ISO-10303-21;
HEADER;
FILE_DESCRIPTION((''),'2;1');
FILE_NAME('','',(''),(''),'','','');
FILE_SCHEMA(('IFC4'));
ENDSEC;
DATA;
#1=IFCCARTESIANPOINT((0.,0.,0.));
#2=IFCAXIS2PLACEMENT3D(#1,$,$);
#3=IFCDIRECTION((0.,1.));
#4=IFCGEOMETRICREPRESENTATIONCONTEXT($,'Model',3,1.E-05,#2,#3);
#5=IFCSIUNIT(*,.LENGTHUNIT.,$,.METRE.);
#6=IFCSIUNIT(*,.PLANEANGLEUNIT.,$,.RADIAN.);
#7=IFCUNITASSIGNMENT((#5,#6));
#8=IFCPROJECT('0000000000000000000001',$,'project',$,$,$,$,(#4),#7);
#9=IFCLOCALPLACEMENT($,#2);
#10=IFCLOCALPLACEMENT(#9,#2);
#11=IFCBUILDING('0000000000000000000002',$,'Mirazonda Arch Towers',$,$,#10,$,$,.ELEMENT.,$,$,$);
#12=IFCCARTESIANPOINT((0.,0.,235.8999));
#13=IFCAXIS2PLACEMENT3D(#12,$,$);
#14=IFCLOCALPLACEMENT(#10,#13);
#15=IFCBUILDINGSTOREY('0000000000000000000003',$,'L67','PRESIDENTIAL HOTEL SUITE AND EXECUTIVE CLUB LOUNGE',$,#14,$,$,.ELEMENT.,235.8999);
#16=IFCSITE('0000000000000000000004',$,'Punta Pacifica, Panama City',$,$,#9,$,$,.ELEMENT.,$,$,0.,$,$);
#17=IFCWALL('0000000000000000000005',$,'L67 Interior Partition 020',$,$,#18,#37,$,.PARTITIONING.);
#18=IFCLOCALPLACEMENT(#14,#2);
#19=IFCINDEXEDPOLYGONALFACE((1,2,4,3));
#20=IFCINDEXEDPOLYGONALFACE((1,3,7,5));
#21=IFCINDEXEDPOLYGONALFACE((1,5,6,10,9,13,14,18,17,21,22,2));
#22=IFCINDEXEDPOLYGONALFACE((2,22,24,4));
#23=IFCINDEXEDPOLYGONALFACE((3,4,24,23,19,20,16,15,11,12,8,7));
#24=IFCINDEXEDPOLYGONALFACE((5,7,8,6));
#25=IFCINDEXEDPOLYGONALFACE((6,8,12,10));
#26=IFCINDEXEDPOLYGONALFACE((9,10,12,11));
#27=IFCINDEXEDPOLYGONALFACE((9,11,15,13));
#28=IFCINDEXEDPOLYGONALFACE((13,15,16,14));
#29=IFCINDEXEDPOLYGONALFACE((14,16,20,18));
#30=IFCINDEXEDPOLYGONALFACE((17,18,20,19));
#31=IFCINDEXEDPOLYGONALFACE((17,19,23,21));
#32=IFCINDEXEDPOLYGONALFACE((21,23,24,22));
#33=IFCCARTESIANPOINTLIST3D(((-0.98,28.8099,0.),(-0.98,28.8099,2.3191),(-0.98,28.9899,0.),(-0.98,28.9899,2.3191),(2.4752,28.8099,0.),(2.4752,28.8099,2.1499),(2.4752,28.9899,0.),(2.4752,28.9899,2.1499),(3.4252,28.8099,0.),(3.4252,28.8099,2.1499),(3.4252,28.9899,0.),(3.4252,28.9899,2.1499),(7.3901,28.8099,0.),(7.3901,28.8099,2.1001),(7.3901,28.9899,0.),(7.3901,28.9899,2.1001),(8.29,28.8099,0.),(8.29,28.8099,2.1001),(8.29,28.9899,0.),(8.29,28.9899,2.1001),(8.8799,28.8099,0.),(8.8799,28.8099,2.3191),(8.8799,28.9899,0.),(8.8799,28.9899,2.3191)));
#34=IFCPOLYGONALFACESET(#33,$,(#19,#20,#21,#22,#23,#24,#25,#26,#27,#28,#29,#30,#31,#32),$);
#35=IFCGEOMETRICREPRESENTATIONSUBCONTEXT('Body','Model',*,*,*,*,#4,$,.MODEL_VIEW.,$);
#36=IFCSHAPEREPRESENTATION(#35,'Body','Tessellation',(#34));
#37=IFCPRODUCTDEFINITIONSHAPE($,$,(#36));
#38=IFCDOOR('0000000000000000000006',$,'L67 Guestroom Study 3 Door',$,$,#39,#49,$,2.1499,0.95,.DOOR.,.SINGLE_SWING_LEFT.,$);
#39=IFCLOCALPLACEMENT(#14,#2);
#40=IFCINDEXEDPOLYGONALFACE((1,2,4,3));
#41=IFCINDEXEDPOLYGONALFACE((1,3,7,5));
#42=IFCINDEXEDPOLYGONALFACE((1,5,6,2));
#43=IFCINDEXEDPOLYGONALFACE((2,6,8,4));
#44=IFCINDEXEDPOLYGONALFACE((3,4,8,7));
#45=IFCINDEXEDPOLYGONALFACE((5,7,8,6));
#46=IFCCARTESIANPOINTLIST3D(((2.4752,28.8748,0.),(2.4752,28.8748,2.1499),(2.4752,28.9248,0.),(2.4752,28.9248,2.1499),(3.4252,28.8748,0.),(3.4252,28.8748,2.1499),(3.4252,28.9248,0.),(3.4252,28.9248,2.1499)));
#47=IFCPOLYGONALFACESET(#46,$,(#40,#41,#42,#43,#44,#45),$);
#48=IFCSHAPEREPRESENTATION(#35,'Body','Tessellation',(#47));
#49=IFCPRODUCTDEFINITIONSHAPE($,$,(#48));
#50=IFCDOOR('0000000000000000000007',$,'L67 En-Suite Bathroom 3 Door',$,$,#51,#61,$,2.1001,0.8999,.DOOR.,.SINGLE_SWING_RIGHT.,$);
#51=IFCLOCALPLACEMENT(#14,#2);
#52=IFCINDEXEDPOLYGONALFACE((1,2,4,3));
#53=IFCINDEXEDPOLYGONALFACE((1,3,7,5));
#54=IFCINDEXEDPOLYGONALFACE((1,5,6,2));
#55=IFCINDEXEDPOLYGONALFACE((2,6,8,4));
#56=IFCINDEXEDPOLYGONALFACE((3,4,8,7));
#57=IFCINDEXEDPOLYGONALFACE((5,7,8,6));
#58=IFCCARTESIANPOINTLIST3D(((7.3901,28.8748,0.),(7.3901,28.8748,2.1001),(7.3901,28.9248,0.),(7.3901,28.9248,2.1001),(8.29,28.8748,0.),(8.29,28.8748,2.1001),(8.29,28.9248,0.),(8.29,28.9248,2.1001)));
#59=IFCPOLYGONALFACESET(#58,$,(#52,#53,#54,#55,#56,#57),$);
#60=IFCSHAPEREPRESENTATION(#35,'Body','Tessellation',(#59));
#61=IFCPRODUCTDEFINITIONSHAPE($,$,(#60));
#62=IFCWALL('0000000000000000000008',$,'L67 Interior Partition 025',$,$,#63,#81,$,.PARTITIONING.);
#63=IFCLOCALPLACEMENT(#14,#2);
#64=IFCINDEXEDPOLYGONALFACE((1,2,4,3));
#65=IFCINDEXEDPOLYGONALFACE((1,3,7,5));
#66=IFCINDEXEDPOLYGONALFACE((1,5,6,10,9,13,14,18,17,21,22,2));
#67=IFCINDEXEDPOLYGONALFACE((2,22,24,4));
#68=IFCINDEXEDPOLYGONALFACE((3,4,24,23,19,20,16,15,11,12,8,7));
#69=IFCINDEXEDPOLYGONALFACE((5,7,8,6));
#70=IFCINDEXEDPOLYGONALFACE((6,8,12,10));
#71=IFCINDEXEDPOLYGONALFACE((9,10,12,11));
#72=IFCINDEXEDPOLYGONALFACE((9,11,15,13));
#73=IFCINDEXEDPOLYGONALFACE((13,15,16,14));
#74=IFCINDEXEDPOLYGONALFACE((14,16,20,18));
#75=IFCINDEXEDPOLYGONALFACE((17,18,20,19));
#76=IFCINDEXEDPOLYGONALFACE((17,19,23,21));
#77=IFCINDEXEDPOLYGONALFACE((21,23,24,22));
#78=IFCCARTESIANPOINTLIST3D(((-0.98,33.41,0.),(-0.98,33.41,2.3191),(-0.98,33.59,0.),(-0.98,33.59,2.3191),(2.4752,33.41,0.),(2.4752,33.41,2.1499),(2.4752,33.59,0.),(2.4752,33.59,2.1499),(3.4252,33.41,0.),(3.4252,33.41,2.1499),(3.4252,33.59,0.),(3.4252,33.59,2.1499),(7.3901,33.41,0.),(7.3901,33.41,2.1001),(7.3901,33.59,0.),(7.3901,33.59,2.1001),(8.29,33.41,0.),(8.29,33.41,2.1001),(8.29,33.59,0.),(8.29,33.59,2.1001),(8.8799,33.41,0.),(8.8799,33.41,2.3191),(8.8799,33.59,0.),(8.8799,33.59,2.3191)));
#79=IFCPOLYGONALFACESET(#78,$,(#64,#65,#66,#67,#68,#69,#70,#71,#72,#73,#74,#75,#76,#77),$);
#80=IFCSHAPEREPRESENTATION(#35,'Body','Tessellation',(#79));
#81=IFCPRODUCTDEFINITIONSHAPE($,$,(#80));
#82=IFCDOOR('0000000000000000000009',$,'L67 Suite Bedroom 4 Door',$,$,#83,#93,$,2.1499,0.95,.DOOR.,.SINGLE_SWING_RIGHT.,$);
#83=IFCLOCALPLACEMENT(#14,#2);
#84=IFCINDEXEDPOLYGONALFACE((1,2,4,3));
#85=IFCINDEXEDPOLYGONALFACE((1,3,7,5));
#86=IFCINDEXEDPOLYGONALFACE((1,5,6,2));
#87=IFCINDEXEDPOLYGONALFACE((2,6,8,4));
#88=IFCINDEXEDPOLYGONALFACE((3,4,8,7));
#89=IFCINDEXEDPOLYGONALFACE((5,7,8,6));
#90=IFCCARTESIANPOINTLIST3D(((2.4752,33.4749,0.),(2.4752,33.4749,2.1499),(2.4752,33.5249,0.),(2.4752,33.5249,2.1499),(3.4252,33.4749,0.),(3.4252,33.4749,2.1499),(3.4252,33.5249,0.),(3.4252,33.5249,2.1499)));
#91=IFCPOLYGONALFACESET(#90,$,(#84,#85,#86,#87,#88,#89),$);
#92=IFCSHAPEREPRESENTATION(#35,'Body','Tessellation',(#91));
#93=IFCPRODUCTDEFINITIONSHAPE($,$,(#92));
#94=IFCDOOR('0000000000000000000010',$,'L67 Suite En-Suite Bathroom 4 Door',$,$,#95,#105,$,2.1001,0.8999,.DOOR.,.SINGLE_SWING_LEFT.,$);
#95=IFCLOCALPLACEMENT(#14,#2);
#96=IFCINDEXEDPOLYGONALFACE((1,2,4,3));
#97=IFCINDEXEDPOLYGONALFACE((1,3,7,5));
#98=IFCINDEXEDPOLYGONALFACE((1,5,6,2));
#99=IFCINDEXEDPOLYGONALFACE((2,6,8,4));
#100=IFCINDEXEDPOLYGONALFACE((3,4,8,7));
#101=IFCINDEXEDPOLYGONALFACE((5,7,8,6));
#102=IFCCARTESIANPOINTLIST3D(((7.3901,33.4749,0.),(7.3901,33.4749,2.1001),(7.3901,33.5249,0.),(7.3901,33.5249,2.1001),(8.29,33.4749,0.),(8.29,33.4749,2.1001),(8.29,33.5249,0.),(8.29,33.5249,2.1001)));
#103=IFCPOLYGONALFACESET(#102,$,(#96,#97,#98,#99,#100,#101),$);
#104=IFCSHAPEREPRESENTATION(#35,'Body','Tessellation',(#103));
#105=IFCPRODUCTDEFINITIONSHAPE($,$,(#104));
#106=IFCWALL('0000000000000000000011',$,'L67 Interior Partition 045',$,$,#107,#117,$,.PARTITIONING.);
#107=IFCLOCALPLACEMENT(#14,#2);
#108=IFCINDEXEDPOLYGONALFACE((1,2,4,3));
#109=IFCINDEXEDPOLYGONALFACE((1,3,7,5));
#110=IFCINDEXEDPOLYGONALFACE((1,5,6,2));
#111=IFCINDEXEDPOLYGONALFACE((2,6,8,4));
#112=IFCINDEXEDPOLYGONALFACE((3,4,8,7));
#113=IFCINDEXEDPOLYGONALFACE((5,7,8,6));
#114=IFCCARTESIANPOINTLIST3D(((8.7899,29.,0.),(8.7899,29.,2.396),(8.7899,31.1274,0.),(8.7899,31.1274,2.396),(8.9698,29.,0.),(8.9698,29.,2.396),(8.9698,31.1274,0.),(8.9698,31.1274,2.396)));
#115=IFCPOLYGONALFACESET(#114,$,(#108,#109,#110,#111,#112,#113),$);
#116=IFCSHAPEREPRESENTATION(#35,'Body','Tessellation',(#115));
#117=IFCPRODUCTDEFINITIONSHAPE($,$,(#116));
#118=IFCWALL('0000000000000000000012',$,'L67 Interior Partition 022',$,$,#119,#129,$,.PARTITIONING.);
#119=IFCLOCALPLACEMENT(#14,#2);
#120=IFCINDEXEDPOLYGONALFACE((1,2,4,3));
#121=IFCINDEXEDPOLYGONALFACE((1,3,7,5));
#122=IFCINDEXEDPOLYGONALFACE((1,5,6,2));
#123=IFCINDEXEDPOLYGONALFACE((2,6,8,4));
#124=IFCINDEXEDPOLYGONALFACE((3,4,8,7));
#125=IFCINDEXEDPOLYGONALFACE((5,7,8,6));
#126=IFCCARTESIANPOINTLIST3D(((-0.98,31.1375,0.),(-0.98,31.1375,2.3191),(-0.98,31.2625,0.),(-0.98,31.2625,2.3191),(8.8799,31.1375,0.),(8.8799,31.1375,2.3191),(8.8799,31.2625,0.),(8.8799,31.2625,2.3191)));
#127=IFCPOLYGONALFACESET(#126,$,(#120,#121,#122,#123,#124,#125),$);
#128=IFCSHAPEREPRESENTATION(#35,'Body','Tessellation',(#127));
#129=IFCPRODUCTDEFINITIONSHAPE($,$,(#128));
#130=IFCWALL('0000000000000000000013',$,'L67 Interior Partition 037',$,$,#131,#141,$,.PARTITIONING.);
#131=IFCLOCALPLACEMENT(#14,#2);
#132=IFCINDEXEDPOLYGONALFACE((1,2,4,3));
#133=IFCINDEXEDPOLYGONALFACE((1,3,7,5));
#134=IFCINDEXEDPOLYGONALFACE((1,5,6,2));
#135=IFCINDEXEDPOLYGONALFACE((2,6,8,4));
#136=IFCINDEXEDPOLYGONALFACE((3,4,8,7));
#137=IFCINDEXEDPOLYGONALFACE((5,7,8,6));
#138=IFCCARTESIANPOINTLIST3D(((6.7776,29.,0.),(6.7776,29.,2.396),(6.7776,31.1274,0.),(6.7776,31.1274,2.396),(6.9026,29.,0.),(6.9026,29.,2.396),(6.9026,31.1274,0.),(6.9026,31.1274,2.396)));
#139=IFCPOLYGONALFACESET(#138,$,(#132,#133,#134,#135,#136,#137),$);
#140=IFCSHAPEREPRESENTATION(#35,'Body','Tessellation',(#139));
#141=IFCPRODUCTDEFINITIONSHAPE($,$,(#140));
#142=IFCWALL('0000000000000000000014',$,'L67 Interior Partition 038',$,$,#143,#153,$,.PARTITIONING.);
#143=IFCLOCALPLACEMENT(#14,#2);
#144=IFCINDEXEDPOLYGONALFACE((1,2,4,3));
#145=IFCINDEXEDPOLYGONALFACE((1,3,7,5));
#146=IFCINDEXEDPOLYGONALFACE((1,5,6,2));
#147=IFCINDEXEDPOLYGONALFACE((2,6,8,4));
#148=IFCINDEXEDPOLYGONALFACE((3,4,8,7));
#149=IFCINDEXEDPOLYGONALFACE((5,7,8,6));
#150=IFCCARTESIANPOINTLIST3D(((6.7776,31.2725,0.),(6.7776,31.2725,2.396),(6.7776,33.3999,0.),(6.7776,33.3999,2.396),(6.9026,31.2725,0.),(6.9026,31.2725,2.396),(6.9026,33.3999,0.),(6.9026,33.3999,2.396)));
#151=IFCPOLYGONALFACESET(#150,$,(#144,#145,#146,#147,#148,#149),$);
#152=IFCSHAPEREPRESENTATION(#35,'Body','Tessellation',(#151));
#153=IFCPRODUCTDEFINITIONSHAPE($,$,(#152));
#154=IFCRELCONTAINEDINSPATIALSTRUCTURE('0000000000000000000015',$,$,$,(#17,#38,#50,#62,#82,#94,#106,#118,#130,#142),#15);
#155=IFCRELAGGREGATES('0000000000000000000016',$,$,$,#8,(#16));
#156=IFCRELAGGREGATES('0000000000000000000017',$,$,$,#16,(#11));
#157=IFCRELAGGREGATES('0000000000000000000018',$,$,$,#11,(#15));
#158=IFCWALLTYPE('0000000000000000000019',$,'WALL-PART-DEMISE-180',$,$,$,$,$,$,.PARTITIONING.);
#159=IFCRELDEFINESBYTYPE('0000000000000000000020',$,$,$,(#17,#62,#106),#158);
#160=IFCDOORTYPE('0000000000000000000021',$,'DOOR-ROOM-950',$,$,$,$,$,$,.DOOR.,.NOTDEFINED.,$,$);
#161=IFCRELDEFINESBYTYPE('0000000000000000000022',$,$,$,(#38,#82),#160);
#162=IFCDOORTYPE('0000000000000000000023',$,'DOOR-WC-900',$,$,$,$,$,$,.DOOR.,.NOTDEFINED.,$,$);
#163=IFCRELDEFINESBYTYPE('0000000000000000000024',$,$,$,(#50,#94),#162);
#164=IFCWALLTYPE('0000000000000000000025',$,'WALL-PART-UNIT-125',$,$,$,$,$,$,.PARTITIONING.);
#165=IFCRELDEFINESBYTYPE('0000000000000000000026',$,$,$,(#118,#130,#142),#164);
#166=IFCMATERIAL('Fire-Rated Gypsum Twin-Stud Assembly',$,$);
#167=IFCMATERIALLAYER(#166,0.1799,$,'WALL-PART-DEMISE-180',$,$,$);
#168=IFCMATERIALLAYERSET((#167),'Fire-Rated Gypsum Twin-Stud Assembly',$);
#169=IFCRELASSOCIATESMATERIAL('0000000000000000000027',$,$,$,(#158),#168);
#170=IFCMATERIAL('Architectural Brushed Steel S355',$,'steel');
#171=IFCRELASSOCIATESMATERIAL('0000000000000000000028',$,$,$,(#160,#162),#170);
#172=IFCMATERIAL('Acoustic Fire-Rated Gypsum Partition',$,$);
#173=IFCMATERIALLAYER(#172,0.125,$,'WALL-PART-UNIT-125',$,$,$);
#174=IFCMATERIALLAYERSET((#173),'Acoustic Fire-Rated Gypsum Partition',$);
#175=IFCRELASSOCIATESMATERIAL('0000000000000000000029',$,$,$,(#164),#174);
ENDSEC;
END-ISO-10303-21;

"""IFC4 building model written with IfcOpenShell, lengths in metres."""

from ifc_helpers import new_model, si_unit, direction, frame, frame_2d, origin, place, context, subcontext, project, spatial, rectangle, extrude, material, layer, layer_set, type_object, element, fill, save


model = new_model("IFC4")

# Units and contexts
model_context = context("Model", 3, precision=1e-05, world=origin(), true_north=direction((0.0, 1.0)))
body_context = subcontext(model_context, "Body", "Model", "MODEL_VIEW")
ifc_project = project(units=[si_unit("LENGTHUNIT", "METRE"), si_unit("PLANEANGLEUNIT", "RADIAN")], contexts=[model_context])

# Site, building, storey
site_placement = place(None, origin())
site = spatial("IfcSite", under=ifc_project, at=site_placement, Name="Punta Pacifica, Panama City", CompositionType="ELEMENT", RefElevation=0.0)
building_placement = place(site_placement, origin())
building = spatial("IfcBuilding", under=site, at=building_placement, Name="Mirazonda Arch Towers", CompositionType="ELEMENT")
storey_placement = place(building_placement, frame((0.0, 0.0, 235.8999)))
storey = spatial("IfcBuildingStorey", under=building, at=storey_placement, Name="L67", Description="PRESIDENTIAL HOTEL SUITE AND EXECUTIVE CLUB LOUNGE", CompositionType="ELEMENT", Elevation=235.8999)

# Walls, openings, doors
ifc_material_1 = material(Name="Fire-Rated Gypsum Twin-Stud Assembly")
ifc_layer_1 = layer(ifc_material_1, 0.1799, Name="WALL-PART-DEMISE-180")
ifc_layer_set_1 = layer_set([ifc_layer_1], Name="Fire-Rated Gypsum Twin-Stud Assembly")
wall_type_1 = type_object("IfcWallType", Name="WALL-PART-DEMISE-180", PredefinedType="PARTITIONING", material=ifc_layer_set_1)
wall_1_placement = place(storey_placement, frame((-0.98, 28.8999, 0.0), z_axis=(0.0, 0.0, 1.0), x_axis=(1.0, 0.0, 0.0)))
wall_1 = element("IfcWall", 1, at=wall_1_placement, inside=storey, type_object=wall_type_1, Name="L67 Interior Partition 020", PredefinedType="PARTITIONING", context=body_context, shape_type="SweptSolid", body=[
    extrude(rectangle(XDim=9.8599, YDim=0.1799, at=frame_2d((4.9299, 0.0))), origin(), (0.0, 0.0, 1.0), 2.3191),
])
opening_1_placement = place(wall_1_placement, frame((3.4551, 0.0, 0.0)))
opening_1 = element("IfcOpeningElement", 2, at=opening_1_placement, cuts=wall_1, PredefinedType="OPENING", context=body_context, shape_type="SweptSolid", body=[
    extrude(rectangle(XDim=0.95, YDim=2.1499, at=frame_2d((0.4751, 1.075))), frame((0.0, 0.0999, 0.0), z_axis=(0.0, -1.0, 0.0), x_axis=(1.0, 0.0, 0.0)), (0.0, 0.0, 1.0), 0.2),
])
opening_2_placement = place(wall_1_placement, frame((8.3701, 0.0, 0.0)))
opening_2 = element("IfcOpeningElement", 3, at=opening_2_placement, cuts=wall_1, PredefinedType="OPENING", context=body_context, shape_type="SweptSolid", body=[
    extrude(rectangle(XDim=0.8999, YDim=2.1001, at=frame_2d((0.45, 1.05))), frame((0.0, 0.0999, 0.0), z_axis=(0.0, -1.0, 0.0), x_axis=(1.0, 0.0, 0.0)), (0.0, 0.0, 1.0), 0.2),
])
ifc_material_2 = material(Name="Architectural Brushed Steel S355", Category="steel")
door_type_1 = type_object("IfcDoorType", Name="DOOR-ROOM-950", OperationType="NOTDEFINED", PredefinedType="DOOR", material=ifc_material_2)
door_1_placement = place(opening_1_placement, origin())
door_1 = element("IfcDoor", 4, at=door_1_placement, inside=storey, type_object=door_type_1, Name="L67 Guestroom Study 3 Door", OperationType="SINGLE_SWING_LEFT", OverallHeight=2.1499, OverallWidth=0.95, PredefinedType="DOOR", context=body_context, shape_type="SweptSolid", body=[
    extrude(rectangle(XDim=0.95, YDim=2.1499, at=frame_2d((0.4751, 1.075))), frame((0.0, 0.0249, 0.0), z_axis=(0.0, -1.0, 0.0), x_axis=(1.0, 0.0, 0.0)), (0.0, 0.0, 1.0), 0.05),
])
fill(opening_1, door_1)
door_type_2 = type_object("IfcDoorType", Name="DOOR-WC-900", OperationType="NOTDEFINED", PredefinedType="DOOR", material=ifc_material_2)
door_2_placement = place(opening_2_placement, origin())
door_2 = element("IfcDoor", 5, at=door_2_placement, inside=storey, type_object=door_type_2, Name="L67 En-Suite Bathroom 3 Door", OperationType="SINGLE_SWING_RIGHT", OverallHeight=2.1001, OverallWidth=0.8999, PredefinedType="DOOR", context=body_context, shape_type="SweptSolid", body=[
    extrude(rectangle(XDim=0.8999, YDim=2.1001, at=frame_2d((0.45, 1.05))), frame((0.0, 0.0249, 0.0), z_axis=(0.0, -1.0, 0.0), x_axis=(1.0, 0.0, 0.0)), (0.0, 0.0, 1.0), 0.05),
])
fill(opening_2, door_2)
wall_2_placement = place(storey_placement, frame((-0.98, 33.5, 0.0), z_axis=(0.0, 0.0, 1.0), x_axis=(1.0, 0.0, 0.0)))
wall_2 = element("IfcWall", 6, at=wall_2_placement, inside=storey, type_object=wall_type_1, Name="L67 Interior Partition 025", PredefinedType="PARTITIONING", context=body_context, shape_type="SweptSolid", body=[
    extrude(rectangle(XDim=9.8599, YDim=0.1799, at=frame_2d((4.9299, 0.0))), origin(), (0.0, 0.0, 1.0), 2.3191),
])
opening_3_placement = place(wall_2_placement, frame((3.4551, 0.0, 0.0)))
opening_3 = element("IfcOpeningElement", 7, at=opening_3_placement, cuts=wall_2, PredefinedType="OPENING", context=body_context, shape_type="SweptSolid", body=[
    extrude(rectangle(XDim=0.95, YDim=2.1499, at=frame_2d((0.4751, 1.075))), frame((0.0, 0.0999, 0.0), z_axis=(0.0, -1.0, 0.0), x_axis=(1.0, 0.0, 0.0)), (0.0, 0.0, 1.0), 0.2),
])
opening_4_placement = place(wall_2_placement, frame((8.3701, 0.0, 0.0)))
opening_4 = element("IfcOpeningElement", 8, at=opening_4_placement, cuts=wall_2, PredefinedType="OPENING", context=body_context, shape_type="SweptSolid", body=[
    extrude(rectangle(XDim=0.8999, YDim=2.1001, at=frame_2d((0.45, 1.05))), frame((0.0, 0.0999, 0.0), z_axis=(0.0, -1.0, 0.0), x_axis=(1.0, 0.0, 0.0)), (0.0, 0.0, 1.0), 0.2),
])
door_3_placement = place(opening_3_placement, origin())
door_3 = element("IfcDoor", 9, at=door_3_placement, inside=storey, type_object=door_type_1, Name="L67 Suite Bedroom 4 Door", OperationType="SINGLE_SWING_RIGHT", OverallHeight=2.1499, OverallWidth=0.95, PredefinedType="DOOR", context=body_context, shape_type="SweptSolid", body=[
    extrude(rectangle(XDim=0.95, YDim=2.1499, at=frame_2d((0.4751, 1.075))), frame((0.0, 0.0249, 0.0), z_axis=(0.0, -1.0, 0.0), x_axis=(1.0, 0.0, 0.0)), (0.0, 0.0, 1.0), 0.05),
])
fill(opening_3, door_3)
door_4_placement = place(opening_4_placement, origin())
door_4 = element("IfcDoor", 10, at=door_4_placement, inside=storey, type_object=door_type_2, Name="L67 Suite En-Suite Bathroom 4 Door", OperationType="SINGLE_SWING_LEFT", OverallHeight=2.1001, OverallWidth=0.8999, PredefinedType="DOOR", context=body_context, shape_type="SweptSolid", body=[
    extrude(rectangle(XDim=0.8999, YDim=2.1001, at=frame_2d((0.45, 1.05))), frame((0.0, 0.0249, 0.0), z_axis=(0.0, -1.0, 0.0), x_axis=(1.0, 0.0, 0.0)), (0.0, 0.0, 1.0), 0.05),
])
fill(opening_4, door_4)

# Walls
wall_3_placement = place(storey_placement, frame((8.8799, 29.0, 0.0), z_axis=(0.0, 0.0, 1.0), x_axis=(0.0, 1.0, 0.0)))
element("IfcWall", 11, at=wall_3_placement, inside=storey, type_object=wall_type_1, Name="L67 Interior Partition 045", PredefinedType="PARTITIONING", context=body_context, shape_type="SweptSolid", body=[
    extrude(rectangle(XDim=2.1274, YDim=0.1799, at=frame_2d((1.0637, 0.0))), origin(), (0.0, 0.0, 1.0), 2.396),
])
ifc_material_3 = material(Name="Acoustic Fire-Rated Gypsum Partition")
ifc_layer_2 = layer(ifc_material_3, 0.125, Name="WALL-PART-UNIT-125")
ifc_layer_set_2 = layer_set([ifc_layer_2], Name="Acoustic Fire-Rated Gypsum Partition")
wall_type_2 = type_object("IfcWallType", Name="WALL-PART-UNIT-125", PredefinedType="PARTITIONING", material=ifc_layer_set_2)
wall_4_placement = place(storey_placement, frame((-0.98, 31.2, 0.0), z_axis=(0.0, 0.0, 1.0), x_axis=(1.0, 0.0, 0.0)))
element("IfcWall", 12, at=wall_4_placement, inside=storey, type_object=wall_type_2, Name="L67 Interior Partition 022", PredefinedType="PARTITIONING", context=body_context, shape_type="SweptSolid", body=[
    extrude(rectangle(XDim=9.8599, YDim=0.125, at=frame_2d((4.9299, 0.0))), origin(), (0.0, 0.0, 1.0), 2.3191),
])
for number, where, z_axis, x_axis, name in (
    (13, (6.8401, 29.0, 0.0), (0.0, 0.0, 1.0), (0.0, 1.0, 0.0), "L67 Interior Partition 037"),
    (14, (6.8401, 31.2725, 0.0), (0.0, 0.0, 1.0), (0.0, 1.0, 0.0), "L67 Interior Partition 038"),
):
    element("IfcWall", number, at=place(storey_placement, frame(where, z_axis=z_axis, x_axis=x_axis)), inside=storey, type_object=wall_type_2, Name=name, PredefinedType="PARTITIONING", context=body_context, shape_type="SweptSolid", body=[
        extrude(rectangle(XDim=2.1274, YDim=0.125, at=frame_2d((1.0637, 0.0))), origin(), (0.0, 0.0, 1.0), 2.396),
    ])

save(model, "model.ifc")
